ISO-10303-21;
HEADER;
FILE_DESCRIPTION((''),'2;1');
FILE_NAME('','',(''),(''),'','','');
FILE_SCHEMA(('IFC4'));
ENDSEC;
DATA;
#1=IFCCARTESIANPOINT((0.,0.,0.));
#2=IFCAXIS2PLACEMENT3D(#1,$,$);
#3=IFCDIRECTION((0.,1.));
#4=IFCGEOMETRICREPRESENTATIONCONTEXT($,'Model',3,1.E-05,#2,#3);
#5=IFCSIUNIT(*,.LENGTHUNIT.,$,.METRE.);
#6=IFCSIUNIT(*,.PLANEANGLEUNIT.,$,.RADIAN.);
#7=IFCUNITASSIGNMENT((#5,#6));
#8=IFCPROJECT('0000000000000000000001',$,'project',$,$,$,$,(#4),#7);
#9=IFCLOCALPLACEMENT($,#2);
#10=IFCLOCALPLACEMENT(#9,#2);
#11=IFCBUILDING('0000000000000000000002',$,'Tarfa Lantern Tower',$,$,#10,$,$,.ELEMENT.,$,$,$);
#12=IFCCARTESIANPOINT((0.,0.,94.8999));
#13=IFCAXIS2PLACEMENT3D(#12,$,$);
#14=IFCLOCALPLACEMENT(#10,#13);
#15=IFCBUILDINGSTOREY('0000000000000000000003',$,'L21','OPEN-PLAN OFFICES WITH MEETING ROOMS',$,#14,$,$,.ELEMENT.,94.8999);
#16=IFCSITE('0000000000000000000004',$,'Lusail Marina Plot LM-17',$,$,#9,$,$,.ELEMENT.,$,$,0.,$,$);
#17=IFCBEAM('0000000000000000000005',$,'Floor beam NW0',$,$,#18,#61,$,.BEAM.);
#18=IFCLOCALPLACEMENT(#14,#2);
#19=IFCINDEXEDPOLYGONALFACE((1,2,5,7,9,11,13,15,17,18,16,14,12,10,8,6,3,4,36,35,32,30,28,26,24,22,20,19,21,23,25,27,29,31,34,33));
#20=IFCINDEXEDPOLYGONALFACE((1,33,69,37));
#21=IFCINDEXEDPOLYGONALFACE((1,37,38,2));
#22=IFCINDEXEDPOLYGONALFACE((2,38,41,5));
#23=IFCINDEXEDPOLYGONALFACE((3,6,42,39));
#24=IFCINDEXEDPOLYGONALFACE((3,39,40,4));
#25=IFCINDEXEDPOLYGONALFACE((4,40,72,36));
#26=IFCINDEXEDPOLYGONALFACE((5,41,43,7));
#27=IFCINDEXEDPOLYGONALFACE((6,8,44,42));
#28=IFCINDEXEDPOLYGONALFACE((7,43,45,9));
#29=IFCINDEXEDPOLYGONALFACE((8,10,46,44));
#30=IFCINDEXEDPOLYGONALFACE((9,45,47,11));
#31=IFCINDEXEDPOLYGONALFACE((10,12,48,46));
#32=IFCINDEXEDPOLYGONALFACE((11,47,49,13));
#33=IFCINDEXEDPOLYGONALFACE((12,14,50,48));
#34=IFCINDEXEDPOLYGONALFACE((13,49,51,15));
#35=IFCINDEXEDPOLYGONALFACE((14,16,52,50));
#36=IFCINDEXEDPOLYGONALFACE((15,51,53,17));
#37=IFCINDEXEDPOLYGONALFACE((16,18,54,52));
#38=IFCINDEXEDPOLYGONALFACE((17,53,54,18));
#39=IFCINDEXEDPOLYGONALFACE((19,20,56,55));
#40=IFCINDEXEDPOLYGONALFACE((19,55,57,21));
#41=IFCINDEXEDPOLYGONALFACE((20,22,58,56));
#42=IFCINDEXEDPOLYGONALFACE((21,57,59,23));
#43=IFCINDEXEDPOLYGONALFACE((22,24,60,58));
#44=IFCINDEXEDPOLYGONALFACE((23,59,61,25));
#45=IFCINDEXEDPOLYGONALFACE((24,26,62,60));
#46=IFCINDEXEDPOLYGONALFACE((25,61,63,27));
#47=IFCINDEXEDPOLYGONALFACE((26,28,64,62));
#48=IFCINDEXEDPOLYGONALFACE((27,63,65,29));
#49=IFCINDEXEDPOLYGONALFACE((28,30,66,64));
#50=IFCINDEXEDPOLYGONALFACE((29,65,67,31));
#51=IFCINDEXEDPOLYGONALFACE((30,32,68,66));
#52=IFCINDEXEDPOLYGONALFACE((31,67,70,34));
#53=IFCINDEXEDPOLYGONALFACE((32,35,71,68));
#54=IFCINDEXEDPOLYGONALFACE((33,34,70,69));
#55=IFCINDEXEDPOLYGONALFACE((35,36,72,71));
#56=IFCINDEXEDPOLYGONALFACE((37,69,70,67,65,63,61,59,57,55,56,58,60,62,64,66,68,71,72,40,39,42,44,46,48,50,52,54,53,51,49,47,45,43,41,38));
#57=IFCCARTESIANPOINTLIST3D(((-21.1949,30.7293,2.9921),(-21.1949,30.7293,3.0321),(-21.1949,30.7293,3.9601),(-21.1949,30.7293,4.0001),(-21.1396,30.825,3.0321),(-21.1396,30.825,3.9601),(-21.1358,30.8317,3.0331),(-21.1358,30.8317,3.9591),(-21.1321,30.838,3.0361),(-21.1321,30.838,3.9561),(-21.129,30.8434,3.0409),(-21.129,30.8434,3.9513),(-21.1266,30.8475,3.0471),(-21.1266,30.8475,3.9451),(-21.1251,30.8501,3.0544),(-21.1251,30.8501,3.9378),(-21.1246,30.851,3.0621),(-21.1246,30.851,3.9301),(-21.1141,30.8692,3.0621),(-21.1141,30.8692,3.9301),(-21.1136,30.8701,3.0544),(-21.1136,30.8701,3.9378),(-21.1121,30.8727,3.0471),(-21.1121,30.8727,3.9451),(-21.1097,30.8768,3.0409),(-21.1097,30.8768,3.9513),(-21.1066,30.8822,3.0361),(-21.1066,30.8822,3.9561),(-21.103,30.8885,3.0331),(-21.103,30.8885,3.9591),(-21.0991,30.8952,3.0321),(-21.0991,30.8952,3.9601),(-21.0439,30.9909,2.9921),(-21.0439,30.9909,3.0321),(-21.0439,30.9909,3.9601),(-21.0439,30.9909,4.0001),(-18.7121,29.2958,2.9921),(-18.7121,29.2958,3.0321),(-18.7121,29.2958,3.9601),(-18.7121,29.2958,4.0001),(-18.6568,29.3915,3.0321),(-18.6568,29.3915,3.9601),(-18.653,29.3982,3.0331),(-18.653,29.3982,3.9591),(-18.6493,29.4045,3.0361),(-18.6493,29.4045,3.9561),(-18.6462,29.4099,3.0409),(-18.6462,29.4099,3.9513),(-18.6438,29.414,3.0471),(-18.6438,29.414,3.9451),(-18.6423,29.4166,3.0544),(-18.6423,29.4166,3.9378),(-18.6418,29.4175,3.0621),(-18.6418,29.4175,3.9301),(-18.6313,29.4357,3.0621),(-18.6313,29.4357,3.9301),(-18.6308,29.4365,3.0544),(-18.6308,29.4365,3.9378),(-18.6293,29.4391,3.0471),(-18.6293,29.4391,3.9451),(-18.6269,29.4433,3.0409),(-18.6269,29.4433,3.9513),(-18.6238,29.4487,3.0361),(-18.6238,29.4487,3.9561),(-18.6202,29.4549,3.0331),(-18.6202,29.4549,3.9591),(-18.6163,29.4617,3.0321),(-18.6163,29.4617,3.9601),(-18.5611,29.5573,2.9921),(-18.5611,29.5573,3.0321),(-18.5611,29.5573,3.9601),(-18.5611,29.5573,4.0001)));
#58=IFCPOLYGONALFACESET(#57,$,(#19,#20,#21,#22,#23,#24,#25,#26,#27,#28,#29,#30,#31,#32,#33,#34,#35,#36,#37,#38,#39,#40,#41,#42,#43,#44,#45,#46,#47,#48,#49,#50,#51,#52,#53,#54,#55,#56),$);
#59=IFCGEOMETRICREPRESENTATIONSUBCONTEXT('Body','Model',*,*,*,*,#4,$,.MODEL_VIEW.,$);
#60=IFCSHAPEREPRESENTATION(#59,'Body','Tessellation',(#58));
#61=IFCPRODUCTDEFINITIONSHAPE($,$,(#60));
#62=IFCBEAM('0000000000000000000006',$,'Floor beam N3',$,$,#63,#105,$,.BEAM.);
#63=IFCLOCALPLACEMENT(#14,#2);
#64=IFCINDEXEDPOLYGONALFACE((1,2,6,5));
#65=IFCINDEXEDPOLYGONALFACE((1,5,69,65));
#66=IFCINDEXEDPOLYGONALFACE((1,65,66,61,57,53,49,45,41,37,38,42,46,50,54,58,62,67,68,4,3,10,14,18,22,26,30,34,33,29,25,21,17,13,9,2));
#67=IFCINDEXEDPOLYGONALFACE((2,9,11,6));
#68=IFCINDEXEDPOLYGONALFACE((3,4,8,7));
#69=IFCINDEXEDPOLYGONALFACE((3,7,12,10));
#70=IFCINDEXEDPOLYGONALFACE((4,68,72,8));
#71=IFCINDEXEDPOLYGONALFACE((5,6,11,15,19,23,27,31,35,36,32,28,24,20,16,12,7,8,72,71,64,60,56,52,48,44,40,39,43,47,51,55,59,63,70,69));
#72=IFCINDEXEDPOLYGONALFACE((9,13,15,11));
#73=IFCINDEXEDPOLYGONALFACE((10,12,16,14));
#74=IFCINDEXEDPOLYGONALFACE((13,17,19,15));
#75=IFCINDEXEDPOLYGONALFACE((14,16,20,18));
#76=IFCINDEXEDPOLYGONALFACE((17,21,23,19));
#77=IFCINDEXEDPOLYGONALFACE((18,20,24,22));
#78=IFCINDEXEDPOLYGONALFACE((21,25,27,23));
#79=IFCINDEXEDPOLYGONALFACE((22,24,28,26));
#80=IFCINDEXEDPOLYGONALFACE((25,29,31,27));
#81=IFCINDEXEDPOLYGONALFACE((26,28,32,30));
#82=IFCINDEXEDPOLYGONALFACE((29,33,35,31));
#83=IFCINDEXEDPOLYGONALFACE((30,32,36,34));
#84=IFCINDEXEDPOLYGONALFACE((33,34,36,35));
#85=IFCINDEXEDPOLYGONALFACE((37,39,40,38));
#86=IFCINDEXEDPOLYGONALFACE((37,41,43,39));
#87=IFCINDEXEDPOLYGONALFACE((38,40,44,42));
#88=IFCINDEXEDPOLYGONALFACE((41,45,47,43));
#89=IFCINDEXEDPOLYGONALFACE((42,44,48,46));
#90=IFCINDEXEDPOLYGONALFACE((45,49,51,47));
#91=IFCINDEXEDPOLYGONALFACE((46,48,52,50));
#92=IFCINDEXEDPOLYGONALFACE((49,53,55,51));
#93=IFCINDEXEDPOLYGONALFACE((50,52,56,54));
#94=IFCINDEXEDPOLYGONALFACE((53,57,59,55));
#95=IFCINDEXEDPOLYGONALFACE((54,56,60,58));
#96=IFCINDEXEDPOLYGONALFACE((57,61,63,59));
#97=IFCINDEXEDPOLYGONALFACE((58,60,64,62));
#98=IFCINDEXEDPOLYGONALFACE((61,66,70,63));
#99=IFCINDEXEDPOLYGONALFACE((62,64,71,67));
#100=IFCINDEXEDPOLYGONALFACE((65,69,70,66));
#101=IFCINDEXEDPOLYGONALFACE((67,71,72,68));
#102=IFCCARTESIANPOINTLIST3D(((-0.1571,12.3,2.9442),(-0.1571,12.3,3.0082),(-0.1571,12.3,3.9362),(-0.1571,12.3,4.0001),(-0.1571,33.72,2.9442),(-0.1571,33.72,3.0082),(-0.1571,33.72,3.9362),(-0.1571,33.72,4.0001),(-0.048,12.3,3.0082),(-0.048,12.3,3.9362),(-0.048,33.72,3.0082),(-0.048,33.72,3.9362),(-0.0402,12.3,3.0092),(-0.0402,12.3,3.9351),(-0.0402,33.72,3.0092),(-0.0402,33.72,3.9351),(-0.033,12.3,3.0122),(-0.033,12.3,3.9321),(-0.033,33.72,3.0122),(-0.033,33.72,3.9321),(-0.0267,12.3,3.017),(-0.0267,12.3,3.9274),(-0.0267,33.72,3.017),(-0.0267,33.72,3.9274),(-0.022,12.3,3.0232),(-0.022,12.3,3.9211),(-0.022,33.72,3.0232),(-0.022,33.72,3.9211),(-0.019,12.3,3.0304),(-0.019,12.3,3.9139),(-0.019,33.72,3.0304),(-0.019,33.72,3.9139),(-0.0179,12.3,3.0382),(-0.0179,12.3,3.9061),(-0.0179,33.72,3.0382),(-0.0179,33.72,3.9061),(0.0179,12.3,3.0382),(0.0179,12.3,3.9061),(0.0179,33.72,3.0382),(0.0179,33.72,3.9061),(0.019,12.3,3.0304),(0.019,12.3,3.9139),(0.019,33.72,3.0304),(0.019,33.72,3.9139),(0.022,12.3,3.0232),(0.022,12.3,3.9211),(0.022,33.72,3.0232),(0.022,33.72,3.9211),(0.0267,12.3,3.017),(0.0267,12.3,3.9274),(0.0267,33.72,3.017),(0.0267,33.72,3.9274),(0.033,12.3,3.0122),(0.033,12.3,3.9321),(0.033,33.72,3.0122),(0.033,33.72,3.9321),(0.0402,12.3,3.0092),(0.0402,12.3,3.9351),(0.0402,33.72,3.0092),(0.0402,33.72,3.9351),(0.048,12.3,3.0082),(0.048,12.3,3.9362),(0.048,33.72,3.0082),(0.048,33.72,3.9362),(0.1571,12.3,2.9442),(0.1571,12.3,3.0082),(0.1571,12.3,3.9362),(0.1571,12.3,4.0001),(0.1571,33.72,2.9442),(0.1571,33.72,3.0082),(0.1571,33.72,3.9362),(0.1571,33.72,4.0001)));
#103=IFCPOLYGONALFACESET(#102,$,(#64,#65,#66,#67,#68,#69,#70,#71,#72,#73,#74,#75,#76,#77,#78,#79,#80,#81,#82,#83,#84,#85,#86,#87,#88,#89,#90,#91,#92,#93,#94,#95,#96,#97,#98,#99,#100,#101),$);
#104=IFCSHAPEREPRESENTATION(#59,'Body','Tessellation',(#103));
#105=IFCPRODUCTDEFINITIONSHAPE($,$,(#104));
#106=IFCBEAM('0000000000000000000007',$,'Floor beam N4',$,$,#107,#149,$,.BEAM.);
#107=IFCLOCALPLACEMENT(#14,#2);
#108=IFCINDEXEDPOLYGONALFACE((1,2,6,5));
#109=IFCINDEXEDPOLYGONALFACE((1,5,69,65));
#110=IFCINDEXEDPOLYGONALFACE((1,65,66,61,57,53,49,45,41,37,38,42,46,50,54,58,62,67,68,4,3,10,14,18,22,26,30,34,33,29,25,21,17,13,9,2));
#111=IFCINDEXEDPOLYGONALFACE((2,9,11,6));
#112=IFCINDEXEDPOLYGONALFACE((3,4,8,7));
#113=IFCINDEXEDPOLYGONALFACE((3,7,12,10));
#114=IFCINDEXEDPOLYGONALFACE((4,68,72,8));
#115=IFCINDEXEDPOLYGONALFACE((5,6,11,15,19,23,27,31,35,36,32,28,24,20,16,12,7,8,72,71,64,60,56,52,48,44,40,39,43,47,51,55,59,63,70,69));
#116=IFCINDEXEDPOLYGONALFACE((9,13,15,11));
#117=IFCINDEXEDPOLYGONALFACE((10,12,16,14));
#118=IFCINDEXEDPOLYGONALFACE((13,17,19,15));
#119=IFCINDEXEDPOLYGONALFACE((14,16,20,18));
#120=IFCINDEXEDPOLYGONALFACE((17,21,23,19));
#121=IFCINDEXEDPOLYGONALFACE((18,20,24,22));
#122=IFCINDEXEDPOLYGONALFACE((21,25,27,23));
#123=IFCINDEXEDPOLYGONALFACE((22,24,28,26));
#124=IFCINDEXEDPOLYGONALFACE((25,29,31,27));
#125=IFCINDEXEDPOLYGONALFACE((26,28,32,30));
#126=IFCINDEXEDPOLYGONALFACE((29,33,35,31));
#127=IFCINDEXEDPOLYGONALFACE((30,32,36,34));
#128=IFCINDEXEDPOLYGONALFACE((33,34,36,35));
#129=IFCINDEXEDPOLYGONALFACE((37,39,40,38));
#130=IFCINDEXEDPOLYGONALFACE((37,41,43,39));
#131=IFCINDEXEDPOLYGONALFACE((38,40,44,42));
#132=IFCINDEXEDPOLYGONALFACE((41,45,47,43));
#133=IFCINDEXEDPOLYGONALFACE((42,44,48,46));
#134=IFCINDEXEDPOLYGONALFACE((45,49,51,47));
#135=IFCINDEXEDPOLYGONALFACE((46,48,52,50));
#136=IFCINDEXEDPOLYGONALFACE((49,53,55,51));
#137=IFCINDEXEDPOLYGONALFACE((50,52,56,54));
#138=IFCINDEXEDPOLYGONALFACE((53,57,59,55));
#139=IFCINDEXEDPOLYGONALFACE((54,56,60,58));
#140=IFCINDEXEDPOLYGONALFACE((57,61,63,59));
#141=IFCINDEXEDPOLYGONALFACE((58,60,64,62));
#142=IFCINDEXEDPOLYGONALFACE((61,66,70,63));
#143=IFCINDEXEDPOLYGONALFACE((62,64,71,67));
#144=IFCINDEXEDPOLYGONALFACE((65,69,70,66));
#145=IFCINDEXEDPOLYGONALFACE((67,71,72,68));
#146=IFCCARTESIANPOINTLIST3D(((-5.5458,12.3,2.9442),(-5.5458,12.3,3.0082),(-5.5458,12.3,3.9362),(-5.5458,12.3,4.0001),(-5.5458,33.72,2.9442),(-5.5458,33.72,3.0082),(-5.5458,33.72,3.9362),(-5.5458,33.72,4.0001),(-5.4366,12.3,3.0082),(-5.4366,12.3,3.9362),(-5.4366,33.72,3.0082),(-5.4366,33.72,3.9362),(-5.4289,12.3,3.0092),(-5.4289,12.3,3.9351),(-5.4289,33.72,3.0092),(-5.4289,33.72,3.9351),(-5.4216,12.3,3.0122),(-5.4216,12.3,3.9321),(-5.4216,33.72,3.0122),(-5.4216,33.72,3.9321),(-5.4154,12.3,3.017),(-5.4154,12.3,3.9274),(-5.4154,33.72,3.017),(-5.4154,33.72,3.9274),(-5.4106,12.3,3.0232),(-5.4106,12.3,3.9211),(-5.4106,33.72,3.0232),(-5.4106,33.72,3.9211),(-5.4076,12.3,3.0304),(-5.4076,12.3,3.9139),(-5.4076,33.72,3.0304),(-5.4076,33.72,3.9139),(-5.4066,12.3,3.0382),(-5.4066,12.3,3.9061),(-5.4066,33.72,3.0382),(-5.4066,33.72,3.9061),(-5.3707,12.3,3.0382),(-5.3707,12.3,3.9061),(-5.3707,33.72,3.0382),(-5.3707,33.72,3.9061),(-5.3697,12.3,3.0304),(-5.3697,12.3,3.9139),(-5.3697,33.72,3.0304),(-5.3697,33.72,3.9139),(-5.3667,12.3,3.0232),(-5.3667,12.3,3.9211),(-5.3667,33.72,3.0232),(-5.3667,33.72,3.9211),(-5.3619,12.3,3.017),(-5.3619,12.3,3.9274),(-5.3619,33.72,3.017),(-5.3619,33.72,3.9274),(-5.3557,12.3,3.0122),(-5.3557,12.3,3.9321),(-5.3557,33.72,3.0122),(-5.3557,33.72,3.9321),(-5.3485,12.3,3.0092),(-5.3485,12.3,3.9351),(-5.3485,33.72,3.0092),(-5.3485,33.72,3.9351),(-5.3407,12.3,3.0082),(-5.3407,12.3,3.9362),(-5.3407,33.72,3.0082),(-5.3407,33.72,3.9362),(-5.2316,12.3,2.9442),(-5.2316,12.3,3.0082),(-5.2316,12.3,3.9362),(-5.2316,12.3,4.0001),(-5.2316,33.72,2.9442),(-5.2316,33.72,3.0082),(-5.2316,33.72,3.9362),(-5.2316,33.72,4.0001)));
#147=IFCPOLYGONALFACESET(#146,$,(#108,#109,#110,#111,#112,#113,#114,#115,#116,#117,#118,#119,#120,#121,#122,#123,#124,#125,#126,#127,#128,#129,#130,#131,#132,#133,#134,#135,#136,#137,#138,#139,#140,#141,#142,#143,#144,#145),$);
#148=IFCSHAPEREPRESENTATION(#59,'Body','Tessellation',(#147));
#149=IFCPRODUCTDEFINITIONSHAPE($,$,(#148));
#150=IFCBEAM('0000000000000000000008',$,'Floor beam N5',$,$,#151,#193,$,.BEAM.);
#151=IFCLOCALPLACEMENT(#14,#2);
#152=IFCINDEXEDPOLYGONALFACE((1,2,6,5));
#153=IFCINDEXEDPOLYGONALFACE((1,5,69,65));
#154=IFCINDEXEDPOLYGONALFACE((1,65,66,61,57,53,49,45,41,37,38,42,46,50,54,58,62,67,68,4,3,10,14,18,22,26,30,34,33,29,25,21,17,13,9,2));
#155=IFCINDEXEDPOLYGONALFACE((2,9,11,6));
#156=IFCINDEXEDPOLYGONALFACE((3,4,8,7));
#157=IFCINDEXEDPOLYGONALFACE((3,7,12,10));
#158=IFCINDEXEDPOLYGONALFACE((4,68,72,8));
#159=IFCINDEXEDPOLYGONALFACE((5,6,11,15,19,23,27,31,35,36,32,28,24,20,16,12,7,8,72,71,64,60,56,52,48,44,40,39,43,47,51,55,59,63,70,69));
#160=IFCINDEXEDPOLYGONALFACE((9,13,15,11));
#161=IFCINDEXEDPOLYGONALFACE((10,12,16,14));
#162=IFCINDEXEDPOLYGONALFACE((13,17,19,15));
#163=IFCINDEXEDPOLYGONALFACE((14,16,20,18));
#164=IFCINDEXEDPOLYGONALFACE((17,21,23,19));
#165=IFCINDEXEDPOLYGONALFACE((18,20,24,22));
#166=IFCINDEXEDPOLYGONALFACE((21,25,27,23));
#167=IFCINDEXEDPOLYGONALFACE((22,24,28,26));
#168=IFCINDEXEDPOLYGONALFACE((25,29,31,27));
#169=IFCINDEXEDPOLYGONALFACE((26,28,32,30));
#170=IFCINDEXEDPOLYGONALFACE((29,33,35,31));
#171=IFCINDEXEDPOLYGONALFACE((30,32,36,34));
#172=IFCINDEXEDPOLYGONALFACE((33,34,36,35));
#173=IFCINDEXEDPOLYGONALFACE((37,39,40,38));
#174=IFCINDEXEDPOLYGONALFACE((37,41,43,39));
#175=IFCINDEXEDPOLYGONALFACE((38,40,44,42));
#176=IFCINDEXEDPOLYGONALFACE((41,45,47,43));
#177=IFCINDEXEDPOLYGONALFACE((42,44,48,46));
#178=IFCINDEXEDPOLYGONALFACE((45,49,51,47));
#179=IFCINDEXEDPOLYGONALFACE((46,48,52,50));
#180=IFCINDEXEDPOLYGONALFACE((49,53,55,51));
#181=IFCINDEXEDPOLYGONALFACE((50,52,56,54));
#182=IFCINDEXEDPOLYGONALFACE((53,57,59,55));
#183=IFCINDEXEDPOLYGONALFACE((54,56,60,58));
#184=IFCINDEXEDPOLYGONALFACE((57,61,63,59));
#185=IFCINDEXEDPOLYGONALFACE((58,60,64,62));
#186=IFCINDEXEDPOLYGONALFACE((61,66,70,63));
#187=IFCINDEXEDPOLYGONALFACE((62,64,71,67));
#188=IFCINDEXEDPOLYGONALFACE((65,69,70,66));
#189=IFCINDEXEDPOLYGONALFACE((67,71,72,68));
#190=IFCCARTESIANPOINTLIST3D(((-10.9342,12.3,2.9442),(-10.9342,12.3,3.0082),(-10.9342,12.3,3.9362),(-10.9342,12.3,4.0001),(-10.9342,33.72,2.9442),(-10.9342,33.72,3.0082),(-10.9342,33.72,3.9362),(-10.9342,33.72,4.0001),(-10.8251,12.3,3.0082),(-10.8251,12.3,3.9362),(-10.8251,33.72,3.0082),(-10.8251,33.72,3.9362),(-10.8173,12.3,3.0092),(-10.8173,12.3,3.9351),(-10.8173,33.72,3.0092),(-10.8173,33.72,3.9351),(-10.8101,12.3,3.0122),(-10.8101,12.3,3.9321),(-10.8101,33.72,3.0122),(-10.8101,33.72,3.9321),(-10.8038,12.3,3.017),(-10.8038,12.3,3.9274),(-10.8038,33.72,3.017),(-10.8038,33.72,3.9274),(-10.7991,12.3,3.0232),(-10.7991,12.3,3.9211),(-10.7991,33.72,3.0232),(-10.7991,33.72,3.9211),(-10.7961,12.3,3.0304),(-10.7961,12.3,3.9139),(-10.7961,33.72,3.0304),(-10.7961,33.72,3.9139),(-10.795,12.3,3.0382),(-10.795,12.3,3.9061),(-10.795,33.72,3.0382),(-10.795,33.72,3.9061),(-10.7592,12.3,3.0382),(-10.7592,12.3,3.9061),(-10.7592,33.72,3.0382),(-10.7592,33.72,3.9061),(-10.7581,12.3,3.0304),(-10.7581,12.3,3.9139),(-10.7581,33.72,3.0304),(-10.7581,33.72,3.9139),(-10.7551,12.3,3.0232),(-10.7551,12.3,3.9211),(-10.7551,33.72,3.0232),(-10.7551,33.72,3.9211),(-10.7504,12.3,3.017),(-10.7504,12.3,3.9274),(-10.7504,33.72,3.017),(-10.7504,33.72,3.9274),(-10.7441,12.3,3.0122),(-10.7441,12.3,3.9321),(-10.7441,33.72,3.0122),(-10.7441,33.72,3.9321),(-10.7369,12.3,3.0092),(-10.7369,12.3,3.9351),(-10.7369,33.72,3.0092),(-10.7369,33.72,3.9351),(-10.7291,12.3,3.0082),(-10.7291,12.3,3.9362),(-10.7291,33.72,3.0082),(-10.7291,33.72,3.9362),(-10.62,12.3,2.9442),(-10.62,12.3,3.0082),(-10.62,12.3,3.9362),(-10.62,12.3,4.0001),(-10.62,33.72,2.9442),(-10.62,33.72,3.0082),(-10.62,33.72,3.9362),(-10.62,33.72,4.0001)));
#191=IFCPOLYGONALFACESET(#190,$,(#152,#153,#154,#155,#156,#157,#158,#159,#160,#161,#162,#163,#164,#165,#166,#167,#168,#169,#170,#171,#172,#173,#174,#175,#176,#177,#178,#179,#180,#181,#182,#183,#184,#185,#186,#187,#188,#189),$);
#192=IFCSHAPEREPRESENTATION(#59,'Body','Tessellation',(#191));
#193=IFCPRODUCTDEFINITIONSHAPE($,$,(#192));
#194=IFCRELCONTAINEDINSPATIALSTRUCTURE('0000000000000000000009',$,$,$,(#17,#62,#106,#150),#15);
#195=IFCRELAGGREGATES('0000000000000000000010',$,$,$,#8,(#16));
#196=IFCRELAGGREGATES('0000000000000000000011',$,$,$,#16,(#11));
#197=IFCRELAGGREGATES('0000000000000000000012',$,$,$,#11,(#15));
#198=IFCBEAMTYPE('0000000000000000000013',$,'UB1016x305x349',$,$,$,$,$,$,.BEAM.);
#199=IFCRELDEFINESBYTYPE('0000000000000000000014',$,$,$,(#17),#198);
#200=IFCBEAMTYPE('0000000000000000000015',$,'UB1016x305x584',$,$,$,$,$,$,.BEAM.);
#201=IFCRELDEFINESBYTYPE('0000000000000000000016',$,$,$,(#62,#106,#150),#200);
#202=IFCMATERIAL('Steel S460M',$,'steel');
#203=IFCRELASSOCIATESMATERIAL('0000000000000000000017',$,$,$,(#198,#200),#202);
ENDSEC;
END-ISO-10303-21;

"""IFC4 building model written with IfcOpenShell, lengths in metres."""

from ifc_helpers import new_model, si_unit, direction, frame, origin, origin_2d, place, context, subcontext, project, spatial, i_section, extrude, material, material_profile, profile_set, type_object, element, save


model = new_model("IFC4")

# Units and contexts
model_context = context("Model", 3, precision=1e-05, world=origin(), true_north=direction((0.0, 1.0)))
body_context = subcontext(model_context, "Body", "Model", "MODEL_VIEW")
ifc_project = project(units=[si_unit("LENGTHUNIT", "METRE"), si_unit("PLANEANGLEUNIT", "RADIAN")], contexts=[model_context])

# Site, building, storey
site_placement = place(None, origin())
site = spatial("IfcSite", under=ifc_project, at=site_placement, Name="Lusail Marina Plot LM-17", CompositionType="ELEMENT", RefElevation=0.0)
building_placement = place(site_placement, origin())
building = spatial("IfcBuilding", under=site, at=building_placement, Name="Tarfa Lantern Tower", CompositionType="ELEMENT")
storey_placement = place(building_placement, frame((0.0, 0.0, 94.8999)))
storey = spatial("IfcBuildingStorey", under=building, at=storey_placement, Name="L21", Description="OPEN-PLAN OFFICES WITH MEETING ROOMS", CompositionType="ELEMENT", Elevation=94.8999)

# Beams
ifc_material_1 = material(Name="Steel S460M", Category="steel")
ifc_material_profile_1 = material_profile(ifc_material_1, i_section(OverallWidth=0.302, OverallDepth=1.0081, WebThickness=0.021, FlangeThickness=0.04, FilletRadius=0.03, at=origin_2d()), Name="UB1016x305x349")
ifc_profile_set_1 = profile_set([ifc_material_profile_1], Name="Steel S460M")
beam_type_1 = type_object("IfcBeamType", Name="UB1016x305x349", PredefinedType="BEAM", material=ifc_profile_set_1)
beam_1_placement = place(storey_placement, frame((-21.1194, 30.8601, 3.4961), z_axis=(0.866013, -0.500022, 0.0), x_axis=(0.500022, 0.866013, 0.0)))
element("IfcBeam", 1, at=beam_1_placement, inside=storey, type_object=beam_type_1, Name="Floor beam NW0", PredefinedType="BEAM", context=body_context, shape_type="SweptSolid", body=[
    extrude(i_section(OverallWidth=0.302, OverallDepth=1.0081, WebThickness=0.021, FlangeThickness=0.04, FilletRadius=0.03, at=origin_2d()), origin(), (0.0, 0.0, 1.0), 2.8669),
])
ifc_material_profile_2 = material_profile(ifc_material_1, i_section(OverallWidth=0.3142, OverallDepth=1.0559, WebThickness=0.0359, FlangeThickness=0.064, FilletRadius=0.03, at=origin_2d()), Name="UB1016x305x584")
ifc_profile_set_2 = profile_set([ifc_material_profile_2], Name="Steel S460M")
beam_type_2 = type_object("IfcBeamType", Name="UB1016x305x584", PredefinedType="BEAM", material=ifc_profile_set_2)
for number, where, z_axis, x_axis, name in (
    (2, (0.0, 33.72, 3.4722), (0.0, -1.0, 0.0), (1.0, 0.0, 0.0), "Floor beam N3"),
    (3, (-5.3887, 33.72, 3.4722), (0.0, -1.0, 0.0), (1.0, 0.0, 0.0), "Floor beam N4"),
    (4, (-10.7771, 33.72, 3.4722), (0.0, -1.0, 0.0), (1.0, 0.0, 0.0), "Floor beam N5"),
):
    element("IfcBeam", number, at=place(storey_placement, frame(where, z_axis=z_axis, x_axis=x_axis)), inside=storey, type_object=beam_type_2, Name=name, PredefinedType="BEAM", context=body_context, shape_type="SweptSolid", body=[
        extrude(i_section(OverallWidth=0.3142, OverallDepth=1.0559, WebThickness=0.0359, FlangeThickness=0.064, FilletRadius=0.03, at=origin_2d()), origin(), (0.0, 0.0, 1.0), 21.4199),
    ])

save(model, "model.ifc")
